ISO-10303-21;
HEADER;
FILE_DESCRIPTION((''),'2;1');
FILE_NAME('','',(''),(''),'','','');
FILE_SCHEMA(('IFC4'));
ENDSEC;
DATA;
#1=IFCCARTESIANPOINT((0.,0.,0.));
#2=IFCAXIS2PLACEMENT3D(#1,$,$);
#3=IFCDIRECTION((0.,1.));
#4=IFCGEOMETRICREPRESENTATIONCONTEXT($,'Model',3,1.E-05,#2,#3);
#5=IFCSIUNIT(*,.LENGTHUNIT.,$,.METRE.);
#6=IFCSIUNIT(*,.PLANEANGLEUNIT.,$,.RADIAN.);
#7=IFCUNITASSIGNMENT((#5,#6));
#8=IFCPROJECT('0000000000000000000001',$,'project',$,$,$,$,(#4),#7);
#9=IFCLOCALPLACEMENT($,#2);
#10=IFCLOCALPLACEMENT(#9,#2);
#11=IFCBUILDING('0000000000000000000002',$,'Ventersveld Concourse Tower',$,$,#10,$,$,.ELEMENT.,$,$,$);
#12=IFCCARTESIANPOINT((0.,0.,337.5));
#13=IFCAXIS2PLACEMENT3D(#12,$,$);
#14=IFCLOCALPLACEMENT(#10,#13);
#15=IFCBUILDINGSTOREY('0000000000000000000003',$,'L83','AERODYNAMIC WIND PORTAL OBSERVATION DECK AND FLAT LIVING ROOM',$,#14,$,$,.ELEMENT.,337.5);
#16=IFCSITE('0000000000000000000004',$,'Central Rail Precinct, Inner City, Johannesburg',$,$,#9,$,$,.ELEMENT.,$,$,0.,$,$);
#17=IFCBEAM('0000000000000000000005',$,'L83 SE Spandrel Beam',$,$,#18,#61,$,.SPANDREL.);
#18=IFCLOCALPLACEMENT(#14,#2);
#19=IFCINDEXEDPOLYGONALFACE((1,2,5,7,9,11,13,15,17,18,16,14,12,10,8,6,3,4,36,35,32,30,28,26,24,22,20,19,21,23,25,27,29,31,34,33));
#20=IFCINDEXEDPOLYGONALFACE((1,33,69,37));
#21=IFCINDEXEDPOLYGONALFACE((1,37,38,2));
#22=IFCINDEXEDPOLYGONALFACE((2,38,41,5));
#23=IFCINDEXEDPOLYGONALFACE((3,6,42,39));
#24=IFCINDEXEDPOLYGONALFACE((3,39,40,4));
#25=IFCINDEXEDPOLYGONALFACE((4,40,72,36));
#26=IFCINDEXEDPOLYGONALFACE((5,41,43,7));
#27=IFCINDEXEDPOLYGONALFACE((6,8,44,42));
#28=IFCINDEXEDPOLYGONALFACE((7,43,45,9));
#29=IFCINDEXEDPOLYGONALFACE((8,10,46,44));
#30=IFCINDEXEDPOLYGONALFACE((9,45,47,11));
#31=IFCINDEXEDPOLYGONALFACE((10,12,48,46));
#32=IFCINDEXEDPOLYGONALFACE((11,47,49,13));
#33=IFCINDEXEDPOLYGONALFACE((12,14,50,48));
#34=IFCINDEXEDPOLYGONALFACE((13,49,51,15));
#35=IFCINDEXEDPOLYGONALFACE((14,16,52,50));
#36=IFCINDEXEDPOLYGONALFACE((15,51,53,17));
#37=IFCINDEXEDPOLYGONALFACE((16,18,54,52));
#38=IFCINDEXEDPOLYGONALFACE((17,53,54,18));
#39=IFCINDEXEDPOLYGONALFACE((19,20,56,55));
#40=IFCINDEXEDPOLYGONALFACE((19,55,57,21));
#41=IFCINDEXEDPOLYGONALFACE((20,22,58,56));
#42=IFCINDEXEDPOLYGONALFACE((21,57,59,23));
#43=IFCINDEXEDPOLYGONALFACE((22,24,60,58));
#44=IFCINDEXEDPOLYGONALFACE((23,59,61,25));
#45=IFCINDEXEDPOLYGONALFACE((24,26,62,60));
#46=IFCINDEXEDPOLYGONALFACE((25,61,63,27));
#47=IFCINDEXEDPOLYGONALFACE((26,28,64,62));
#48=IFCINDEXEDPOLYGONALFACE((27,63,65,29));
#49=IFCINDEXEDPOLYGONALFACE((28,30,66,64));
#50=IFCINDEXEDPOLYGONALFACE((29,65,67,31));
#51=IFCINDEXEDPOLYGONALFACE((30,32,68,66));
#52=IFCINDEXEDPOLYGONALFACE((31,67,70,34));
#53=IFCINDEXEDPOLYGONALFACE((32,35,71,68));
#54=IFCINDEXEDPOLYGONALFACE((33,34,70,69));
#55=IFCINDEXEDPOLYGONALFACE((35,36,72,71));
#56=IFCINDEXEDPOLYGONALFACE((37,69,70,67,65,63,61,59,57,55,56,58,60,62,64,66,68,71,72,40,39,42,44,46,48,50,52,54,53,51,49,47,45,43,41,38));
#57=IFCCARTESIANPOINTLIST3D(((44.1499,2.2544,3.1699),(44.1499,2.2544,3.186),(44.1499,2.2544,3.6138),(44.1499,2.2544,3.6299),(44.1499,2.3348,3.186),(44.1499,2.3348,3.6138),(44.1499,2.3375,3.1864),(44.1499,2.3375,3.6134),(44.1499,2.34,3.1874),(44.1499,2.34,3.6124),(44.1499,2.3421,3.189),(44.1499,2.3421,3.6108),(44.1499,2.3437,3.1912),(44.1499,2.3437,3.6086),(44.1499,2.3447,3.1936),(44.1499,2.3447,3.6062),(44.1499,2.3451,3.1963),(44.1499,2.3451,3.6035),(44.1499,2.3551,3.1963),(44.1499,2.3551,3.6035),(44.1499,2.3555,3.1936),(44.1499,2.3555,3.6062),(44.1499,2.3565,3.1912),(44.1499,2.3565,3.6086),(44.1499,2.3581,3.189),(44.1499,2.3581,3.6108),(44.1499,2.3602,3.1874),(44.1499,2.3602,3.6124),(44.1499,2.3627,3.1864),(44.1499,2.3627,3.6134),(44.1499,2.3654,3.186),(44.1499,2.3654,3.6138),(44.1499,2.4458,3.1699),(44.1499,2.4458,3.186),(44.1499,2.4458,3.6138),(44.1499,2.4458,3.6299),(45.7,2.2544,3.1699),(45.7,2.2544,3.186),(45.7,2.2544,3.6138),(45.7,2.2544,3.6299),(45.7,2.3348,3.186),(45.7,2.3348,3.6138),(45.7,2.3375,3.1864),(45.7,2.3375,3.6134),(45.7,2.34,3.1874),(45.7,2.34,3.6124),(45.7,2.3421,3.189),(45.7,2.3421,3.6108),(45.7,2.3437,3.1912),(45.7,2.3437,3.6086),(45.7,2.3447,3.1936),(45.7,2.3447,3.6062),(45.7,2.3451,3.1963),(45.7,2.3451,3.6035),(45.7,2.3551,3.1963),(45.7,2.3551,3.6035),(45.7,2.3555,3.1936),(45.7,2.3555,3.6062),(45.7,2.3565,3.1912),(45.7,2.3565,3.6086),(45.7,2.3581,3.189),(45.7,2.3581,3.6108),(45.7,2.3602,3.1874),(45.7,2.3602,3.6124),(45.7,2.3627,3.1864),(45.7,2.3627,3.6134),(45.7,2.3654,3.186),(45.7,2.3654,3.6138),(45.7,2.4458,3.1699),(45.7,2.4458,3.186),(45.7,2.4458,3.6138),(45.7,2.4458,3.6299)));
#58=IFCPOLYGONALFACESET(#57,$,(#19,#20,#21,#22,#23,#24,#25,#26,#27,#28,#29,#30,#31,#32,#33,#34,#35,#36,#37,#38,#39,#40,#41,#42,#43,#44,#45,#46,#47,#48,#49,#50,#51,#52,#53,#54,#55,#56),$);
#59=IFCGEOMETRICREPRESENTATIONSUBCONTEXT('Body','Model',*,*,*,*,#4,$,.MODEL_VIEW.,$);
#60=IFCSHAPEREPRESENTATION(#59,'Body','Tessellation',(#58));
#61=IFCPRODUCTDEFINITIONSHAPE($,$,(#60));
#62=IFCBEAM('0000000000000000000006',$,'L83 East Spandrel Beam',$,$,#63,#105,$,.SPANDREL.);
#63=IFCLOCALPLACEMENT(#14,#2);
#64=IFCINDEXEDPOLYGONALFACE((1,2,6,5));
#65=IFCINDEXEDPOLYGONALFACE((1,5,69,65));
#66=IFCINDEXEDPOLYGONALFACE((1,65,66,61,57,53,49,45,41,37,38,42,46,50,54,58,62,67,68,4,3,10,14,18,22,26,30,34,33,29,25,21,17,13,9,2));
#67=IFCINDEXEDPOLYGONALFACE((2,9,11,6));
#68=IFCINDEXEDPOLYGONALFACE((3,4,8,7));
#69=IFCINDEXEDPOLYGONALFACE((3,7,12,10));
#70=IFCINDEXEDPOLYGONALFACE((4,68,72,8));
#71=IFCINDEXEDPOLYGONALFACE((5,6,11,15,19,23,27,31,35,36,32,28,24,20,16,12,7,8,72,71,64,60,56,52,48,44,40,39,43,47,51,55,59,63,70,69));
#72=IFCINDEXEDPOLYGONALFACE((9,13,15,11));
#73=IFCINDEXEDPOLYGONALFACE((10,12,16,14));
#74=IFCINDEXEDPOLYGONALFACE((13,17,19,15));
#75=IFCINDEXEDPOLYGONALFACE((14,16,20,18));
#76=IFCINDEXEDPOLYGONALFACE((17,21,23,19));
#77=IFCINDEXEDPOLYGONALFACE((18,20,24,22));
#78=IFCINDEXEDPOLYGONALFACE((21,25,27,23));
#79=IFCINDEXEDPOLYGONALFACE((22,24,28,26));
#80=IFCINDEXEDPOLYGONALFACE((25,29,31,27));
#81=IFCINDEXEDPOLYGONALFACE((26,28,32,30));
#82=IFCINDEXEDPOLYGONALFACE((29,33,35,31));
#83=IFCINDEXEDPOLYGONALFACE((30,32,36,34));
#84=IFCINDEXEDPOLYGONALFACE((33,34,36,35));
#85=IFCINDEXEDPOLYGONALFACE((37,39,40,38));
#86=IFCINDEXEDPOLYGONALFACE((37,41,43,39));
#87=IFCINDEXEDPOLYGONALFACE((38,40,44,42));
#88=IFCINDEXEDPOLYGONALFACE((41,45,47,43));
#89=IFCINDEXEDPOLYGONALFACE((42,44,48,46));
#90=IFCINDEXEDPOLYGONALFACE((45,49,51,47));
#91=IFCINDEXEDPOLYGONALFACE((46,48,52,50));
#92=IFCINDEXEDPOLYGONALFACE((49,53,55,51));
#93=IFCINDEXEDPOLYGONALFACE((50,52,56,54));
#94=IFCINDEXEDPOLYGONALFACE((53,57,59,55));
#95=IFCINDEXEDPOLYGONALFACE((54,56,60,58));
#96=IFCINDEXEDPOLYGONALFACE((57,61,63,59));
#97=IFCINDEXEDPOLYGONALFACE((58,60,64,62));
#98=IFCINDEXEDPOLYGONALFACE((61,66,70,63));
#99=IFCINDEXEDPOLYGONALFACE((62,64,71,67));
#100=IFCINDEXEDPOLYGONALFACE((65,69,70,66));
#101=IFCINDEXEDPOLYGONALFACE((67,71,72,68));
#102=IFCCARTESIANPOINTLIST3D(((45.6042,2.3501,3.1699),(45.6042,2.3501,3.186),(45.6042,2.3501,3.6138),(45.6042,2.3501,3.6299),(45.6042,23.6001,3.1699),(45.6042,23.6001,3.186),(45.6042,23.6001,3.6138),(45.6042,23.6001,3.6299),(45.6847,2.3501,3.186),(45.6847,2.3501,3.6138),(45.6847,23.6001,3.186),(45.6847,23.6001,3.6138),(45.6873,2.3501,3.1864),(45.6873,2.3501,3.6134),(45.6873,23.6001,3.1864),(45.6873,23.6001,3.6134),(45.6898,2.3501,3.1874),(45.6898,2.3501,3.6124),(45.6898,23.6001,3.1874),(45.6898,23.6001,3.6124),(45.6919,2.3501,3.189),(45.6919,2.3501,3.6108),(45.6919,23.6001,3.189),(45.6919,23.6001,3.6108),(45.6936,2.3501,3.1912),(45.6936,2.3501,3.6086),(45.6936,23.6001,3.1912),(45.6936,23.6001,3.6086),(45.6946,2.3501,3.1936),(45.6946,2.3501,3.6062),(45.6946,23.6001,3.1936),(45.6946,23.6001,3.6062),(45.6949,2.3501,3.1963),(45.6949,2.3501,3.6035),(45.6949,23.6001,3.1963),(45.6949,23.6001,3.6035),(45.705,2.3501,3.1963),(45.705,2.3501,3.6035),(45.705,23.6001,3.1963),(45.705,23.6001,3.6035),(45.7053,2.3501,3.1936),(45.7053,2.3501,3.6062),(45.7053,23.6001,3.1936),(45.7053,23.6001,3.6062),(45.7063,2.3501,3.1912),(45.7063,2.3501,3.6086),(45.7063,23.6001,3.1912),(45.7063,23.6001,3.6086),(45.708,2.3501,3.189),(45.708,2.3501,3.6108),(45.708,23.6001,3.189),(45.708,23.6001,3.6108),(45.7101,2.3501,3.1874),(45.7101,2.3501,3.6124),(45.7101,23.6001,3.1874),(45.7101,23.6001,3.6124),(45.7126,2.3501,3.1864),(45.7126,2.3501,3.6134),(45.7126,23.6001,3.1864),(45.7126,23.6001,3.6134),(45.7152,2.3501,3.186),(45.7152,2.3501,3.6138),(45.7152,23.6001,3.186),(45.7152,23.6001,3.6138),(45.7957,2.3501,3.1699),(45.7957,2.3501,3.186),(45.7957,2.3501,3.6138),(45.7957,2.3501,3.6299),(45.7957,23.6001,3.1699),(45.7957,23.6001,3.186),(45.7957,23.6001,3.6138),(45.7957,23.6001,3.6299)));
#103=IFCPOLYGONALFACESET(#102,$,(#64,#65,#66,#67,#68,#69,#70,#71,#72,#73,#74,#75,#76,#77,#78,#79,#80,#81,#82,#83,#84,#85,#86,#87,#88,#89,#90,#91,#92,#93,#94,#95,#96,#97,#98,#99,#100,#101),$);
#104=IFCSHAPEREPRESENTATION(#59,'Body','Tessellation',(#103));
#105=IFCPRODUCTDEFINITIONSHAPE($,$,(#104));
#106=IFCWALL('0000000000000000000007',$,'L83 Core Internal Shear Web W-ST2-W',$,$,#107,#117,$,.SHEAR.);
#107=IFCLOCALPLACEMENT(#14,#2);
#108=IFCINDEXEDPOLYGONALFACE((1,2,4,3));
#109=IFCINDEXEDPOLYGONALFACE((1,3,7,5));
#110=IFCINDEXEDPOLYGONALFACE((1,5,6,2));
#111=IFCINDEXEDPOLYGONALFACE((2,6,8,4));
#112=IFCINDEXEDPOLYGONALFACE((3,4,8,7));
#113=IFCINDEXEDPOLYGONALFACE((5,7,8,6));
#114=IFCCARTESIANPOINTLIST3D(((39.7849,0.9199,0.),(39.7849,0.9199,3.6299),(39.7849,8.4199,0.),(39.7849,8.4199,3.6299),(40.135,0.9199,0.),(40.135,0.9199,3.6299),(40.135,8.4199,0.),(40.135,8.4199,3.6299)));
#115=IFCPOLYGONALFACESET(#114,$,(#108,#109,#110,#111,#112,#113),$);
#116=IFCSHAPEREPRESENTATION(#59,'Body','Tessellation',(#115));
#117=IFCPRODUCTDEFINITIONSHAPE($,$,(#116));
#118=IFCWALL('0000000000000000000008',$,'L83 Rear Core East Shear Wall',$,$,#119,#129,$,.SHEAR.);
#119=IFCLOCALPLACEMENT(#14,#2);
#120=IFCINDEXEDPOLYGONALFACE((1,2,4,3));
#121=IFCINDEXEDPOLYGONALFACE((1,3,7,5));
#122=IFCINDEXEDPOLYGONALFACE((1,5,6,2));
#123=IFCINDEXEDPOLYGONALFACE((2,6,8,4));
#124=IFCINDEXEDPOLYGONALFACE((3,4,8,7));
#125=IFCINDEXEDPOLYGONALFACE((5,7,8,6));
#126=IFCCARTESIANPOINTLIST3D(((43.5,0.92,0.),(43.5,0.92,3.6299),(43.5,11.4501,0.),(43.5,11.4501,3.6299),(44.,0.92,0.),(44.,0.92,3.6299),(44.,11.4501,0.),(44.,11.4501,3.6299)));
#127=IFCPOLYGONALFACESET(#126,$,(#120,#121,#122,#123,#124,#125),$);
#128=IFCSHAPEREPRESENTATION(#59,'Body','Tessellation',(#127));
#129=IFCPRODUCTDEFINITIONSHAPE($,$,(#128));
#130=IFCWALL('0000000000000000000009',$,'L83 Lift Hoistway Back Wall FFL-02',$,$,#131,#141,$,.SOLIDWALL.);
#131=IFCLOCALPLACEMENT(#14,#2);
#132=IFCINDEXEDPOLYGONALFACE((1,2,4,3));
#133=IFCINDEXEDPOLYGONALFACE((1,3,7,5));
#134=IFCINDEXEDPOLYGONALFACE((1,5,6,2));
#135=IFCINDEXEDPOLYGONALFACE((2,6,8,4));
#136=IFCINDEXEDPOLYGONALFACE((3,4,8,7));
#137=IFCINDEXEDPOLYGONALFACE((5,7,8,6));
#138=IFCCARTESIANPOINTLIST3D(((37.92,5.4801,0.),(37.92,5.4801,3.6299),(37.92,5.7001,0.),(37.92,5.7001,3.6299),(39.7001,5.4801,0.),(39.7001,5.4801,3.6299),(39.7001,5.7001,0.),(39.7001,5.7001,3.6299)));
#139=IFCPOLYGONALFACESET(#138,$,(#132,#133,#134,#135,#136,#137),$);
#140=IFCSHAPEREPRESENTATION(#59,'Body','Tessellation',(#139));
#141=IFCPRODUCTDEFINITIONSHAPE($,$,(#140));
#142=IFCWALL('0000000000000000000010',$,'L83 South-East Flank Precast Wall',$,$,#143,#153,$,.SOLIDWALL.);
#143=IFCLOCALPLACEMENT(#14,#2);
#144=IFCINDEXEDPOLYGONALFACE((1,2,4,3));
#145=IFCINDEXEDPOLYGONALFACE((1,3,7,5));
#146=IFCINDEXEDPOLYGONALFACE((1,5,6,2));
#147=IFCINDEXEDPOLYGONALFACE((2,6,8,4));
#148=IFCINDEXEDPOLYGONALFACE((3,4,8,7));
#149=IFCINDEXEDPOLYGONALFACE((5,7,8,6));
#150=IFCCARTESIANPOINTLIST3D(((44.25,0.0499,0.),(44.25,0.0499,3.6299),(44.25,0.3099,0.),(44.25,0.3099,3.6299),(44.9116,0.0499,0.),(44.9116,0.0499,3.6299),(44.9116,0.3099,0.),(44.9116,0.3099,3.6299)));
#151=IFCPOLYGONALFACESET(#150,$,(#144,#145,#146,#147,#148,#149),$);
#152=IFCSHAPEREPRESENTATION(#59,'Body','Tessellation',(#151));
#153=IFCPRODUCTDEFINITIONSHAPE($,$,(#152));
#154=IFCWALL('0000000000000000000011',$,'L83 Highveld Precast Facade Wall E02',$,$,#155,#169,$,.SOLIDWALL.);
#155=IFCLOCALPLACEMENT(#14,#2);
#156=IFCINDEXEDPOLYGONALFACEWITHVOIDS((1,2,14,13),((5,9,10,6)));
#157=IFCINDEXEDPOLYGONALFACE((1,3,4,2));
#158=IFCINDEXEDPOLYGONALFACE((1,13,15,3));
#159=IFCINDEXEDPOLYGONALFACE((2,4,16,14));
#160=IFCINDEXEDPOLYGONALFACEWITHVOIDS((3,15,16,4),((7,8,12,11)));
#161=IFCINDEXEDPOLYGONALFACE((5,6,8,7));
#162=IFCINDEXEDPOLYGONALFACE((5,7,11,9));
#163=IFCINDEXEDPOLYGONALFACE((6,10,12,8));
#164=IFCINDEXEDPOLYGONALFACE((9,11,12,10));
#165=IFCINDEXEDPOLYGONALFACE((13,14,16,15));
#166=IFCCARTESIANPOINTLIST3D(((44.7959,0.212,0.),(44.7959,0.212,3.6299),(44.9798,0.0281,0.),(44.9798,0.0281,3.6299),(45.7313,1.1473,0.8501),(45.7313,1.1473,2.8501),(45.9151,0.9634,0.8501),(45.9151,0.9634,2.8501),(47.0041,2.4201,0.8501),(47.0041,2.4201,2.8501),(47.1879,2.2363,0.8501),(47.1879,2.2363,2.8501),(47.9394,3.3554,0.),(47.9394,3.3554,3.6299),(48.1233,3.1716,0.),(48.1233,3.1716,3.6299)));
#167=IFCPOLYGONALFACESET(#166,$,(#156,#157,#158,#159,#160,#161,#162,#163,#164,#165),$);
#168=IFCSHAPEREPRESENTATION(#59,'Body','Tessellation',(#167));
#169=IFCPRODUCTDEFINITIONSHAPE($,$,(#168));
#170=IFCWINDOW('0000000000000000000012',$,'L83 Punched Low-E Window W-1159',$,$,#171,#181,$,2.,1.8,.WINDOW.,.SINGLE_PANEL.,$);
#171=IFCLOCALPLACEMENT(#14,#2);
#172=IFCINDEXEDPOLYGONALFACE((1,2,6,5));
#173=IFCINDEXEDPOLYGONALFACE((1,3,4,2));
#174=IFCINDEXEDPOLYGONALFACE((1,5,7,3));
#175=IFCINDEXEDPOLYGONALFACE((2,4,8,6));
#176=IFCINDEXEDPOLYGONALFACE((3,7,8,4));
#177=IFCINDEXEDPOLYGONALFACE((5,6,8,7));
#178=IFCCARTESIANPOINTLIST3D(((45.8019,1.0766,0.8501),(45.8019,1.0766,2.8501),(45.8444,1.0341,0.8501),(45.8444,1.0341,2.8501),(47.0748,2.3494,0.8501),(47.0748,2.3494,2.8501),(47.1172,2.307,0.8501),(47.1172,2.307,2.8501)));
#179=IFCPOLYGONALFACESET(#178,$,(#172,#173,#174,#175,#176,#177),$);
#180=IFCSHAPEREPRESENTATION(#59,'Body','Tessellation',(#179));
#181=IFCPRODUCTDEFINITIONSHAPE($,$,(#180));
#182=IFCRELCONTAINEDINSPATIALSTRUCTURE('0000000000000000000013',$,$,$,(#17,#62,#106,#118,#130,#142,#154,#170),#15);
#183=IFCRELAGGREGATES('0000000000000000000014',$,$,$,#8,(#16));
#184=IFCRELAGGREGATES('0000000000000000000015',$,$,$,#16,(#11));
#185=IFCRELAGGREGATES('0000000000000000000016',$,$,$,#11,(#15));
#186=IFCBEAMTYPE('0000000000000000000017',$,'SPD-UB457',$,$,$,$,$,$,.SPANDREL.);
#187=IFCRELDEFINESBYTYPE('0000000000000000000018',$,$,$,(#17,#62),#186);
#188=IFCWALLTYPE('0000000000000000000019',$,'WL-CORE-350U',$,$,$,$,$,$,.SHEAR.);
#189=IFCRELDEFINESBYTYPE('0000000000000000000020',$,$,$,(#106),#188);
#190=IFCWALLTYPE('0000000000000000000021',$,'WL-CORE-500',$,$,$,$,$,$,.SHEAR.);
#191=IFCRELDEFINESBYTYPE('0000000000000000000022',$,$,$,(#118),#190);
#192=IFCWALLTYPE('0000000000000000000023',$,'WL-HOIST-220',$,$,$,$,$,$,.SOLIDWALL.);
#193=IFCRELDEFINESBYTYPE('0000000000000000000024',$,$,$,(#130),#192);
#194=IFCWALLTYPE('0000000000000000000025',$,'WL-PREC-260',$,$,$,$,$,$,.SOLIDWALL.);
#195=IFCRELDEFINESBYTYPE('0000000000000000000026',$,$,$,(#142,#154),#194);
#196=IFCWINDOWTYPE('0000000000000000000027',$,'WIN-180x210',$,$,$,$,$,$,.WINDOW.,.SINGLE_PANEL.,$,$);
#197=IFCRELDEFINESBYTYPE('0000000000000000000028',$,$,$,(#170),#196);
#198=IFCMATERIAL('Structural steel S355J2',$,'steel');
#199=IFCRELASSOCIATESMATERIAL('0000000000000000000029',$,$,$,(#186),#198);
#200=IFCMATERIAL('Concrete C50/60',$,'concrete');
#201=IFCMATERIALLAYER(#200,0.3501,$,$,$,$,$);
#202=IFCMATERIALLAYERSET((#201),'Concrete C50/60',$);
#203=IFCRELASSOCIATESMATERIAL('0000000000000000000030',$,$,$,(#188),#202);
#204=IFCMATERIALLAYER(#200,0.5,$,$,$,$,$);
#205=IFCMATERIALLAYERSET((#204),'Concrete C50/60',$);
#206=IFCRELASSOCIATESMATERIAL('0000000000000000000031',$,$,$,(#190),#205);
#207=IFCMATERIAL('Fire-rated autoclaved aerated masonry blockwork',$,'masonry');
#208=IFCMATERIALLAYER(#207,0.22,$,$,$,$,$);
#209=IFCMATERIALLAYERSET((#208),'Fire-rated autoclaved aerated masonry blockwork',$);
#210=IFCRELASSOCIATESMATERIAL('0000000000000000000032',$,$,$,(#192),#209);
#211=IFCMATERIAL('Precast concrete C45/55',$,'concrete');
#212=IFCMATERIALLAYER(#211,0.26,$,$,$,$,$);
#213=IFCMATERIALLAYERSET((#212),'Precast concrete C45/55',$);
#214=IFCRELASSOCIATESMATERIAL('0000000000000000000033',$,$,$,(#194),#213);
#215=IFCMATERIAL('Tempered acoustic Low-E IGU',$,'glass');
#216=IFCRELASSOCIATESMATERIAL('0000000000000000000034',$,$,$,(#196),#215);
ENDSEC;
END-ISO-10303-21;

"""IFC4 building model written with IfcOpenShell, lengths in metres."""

from ifc_helpers import new_model, si_unit, direction, frame, frame_2d, origin, origin_2d, place, context, subcontext, project, spatial, rectangle, i_section, extrude, material, layer, layer_set, material_profile, profile_set, type_object, element, fill, save


model = new_model("IFC4")

# Units and contexts
model_context = context("Model", 3, precision=1e-05, world=origin(), true_north=direction((0.0, 1.0)))
body_context = subcontext(model_context, "Body", "Model", "MODEL_VIEW")
ifc_project = project(units=[si_unit("LENGTHUNIT", "METRE"), si_unit("PLANEANGLEUNIT", "RADIAN")], contexts=[model_context])

# Site, building, storey
site_placement = place(None, origin())
site = spatial("IfcSite", under=ifc_project, at=site_placement, Name="Central Rail Precinct, Inner City, Johannesburg", CompositionType="ELEMENT", RefElevation=0.0)
building_placement = place(site_placement, origin())
building = spatial("IfcBuilding", under=site, at=building_placement, Name="Ventersveld Concourse Tower", CompositionType="ELEMENT")
storey_placement = place(building_placement, frame((0.0, 0.0, 337.5)))
storey = spatial("IfcBuildingStorey", under=building, at=storey_placement, Name="L83", Description="AERODYNAMIC WIND PORTAL OBSERVATION DECK AND FLAT LIVING ROOM", CompositionType="ELEMENT", Elevation=337.5)

# Shared definitions
ifc_material_1 = material(Name="Concrete C50/60", Category="concrete")

# Shared definitions
ifc_material_2 = material(Name="Structural steel S355J2", Category="steel")

# Beams
ifc_material_profile_1 = material_profile(ifc_material_2, i_section(OverallWidth=0.1914, OverallDepth=0.46, WebThickness=0.01, FlangeThickness=0.0161, FilletRadius=0.0103, at=origin_2d()), Name="UB 457x191x82")
ifc_profile_set_1 = profile_set([ifc_material_profile_1], Name="Structural steel S355J2")
beam_type_1 = type_object("IfcBeamType", Name="SPD-UB457", PredefinedType="SPANDREL", material=ifc_profile_set_1)
beam_1_placement = place(storey_placement, frame((44.1499, 2.3501, 3.3999), z_axis=(1.0, 0.0, 0.0), x_axis=(0.0, 1.0, 0.0)))
element("IfcBeam", 1, at=beam_1_placement, inside=storey, type_object=beam_type_1, Name="L83 SE Spandrel Beam", PredefinedType="SPANDREL", context=body_context, shape_type="SweptSolid", body=[
    extrude(i_section(OverallWidth=0.1914, OverallDepth=0.46, WebThickness=0.01, FlangeThickness=0.0161, FilletRadius=0.0103, at=origin_2d()), origin(), (0.0, 0.0, 1.0), 1.55),
])
beam_2_placement = place(storey_placement, frame((45.7, 2.3501, 3.3999), z_axis=(0.0, 1.0, 0.0), x_axis=(-1.0, 0.0, 0.0)))
element("IfcBeam", 2, at=beam_2_placement, inside=storey, type_object=beam_type_1, Name="L83 East Spandrel Beam", PredefinedType="SPANDREL", context=body_context, shape_type="SweptSolid", body=[
    extrude(i_section(OverallWidth=0.1914, OverallDepth=0.46, WebThickness=0.01, FlangeThickness=0.0161, FilletRadius=0.0103, at=origin_2d()), origin(), (0.0, 0.0, 1.0), 21.25),
])

# Walls
ifc_layer_1 = layer(ifc_material_1, 0.3501)
ifc_layer_set_1 = layer_set([ifc_layer_1], Name="Concrete C50/60")
wall_type_1 = type_object("IfcWallType", Name="WL-CORE-350U", PredefinedType="SHEAR", material=ifc_layer_set_1)
wall_1_placement = place(storey_placement, frame((39.96, 0.9199, 0.0), z_axis=(0.0, 0.0, 1.0), x_axis=(0.0, 1.0, 0.0)))
element("IfcWall", 3, at=wall_1_placement, inside=storey, type_object=wall_type_1, Name="L83 Core Internal Shear Web W-ST2-W", PredefinedType="SHEAR", context=body_context, shape_type="SweptSolid", body=[
    extrude(rectangle(XDim=7.5, YDim=0.3501, at=frame_2d((3.75, 0.0))), origin(), (0.0, 0.0, 1.0), 3.6299),
])
ifc_layer_2 = layer(ifc_material_1, 0.5)
ifc_layer_set_2 = layer_set([ifc_layer_2], Name="Concrete C50/60")
wall_type_2 = type_object("IfcWallType", Name="WL-CORE-500", PredefinedType="SHEAR", material=ifc_layer_set_2)
wall_2_placement = place(storey_placement, frame((43.75, 0.9199, 0.0), z_axis=(0.0, 0.0, 1.0), x_axis=(0.0, 1.0, 0.0)))
element("IfcWall", 4, at=wall_2_placement, inside=storey, type_object=wall_type_2, Name="L83 Rear Core East Shear Wall", PredefinedType="SHEAR", context=body_context, shape_type="SweptSolid", body=[
    extrude(rectangle(XDim=10.53, YDim=0.5, at=frame_2d((5.2651, 0.0))), origin(), (0.0, 0.0, 1.0), 3.6299),
])
ifc_material_3 = material(Name="Fire-rated autoclaved aerated masonry blockwork", Category="masonry")
ifc_layer_3 = layer(ifc_material_3, 0.22)
ifc_layer_set_3 = layer_set([ifc_layer_3], Name="Fire-rated autoclaved aerated masonry blockwork")
wall_type_3 = type_object("IfcWallType", Name="WL-HOIST-220", PredefinedType="SOLIDWALL", material=ifc_layer_set_3)
wall_3_placement = place(storey_placement, frame((37.9199, 5.5901, 0.0), z_axis=(0.0, 0.0, 1.0), x_axis=(1.0, 0.0, 0.0)))
element("IfcWall", 5, at=wall_3_placement, inside=storey, type_object=wall_type_3, Name="L83 Lift Hoistway Back Wall FFL-02", PredefinedType="SOLIDWALL", context=body_context, shape_type="SweptSolid", body=[
    extrude(rectangle(XDim=1.78, YDim=0.22, at=frame_2d((0.8901, 0.0))), origin(), (0.0, 0.0, 1.0), 3.6299),
])
ifc_material_4 = material(Name="Precast concrete C45/55", Category="concrete")
ifc_layer_4 = layer(ifc_material_4, 0.26)
ifc_layer_set_4 = layer_set([ifc_layer_4], Name="Precast concrete C45/55")
wall_type_4 = type_object("IfcWallType", Name="WL-PREC-260", PredefinedType="SOLIDWALL", material=ifc_layer_set_4)
wall_4_placement = place(storey_placement, frame((44.25, 0.1799, 0.0), z_axis=(0.0, 0.0, 1.0), x_axis=(1.0, 0.0, 0.0)))
element("IfcWall", 6, at=wall_4_placement, inside=storey, type_object=wall_type_4, Name="L83 South-East Flank Precast Wall", PredefinedType="SOLIDWALL", context=body_context, shape_type="SweptSolid", body=[
    extrude(rectangle(XDim=0.6616, YDim=0.26, at=frame_2d((0.3308, 0.0))), origin(), (0.0, 0.0, 1.0), 3.6299),
])

# Wall, opening, window
wall_5_placement = place(storey_placement, frame((44.8879, 0.1201, 0.0), z_axis=(0.0, 0.0, 1.0), x_axis=(0.707107, 0.707107, 0.0)))
wall_5 = element("IfcWall", 7, at=wall_5_placement, inside=storey, type_object=wall_type_4, Name="L83 Highveld Precast Facade Wall E02", PredefinedType="SOLIDWALL", context=body_context, shape_type="SweptSolid", body=[
    extrude(rectangle(XDim=4.4456, YDim=0.26, at=frame_2d((2.2227, 0.0))), origin(), (0.0, 0.0, 1.0), 3.6299),
])
opening_1_placement = place(wall_5_placement, frame((1.3228, 0.0, 0.8501)))
opening_1 = element("IfcOpeningElement", 8, at=opening_1_placement, cuts=wall_5, PredefinedType="OPENING", context=body_context, shape_type="SweptSolid", body=[
    extrude(rectangle(XDim=1.8, YDim=2.0, at=frame_2d((0.8999, 1.0))), frame((0.0, 0.1401, 0.0), z_axis=(0.0, -1.0, 0.0), x_axis=(1.0, 0.0, 0.0)), (0.0, 0.0, 1.0), 0.28),
])
ifc_material_5 = material(Name="Tempered acoustic Low-E IGU", Category="glass")
window_type_1 = type_object("IfcWindowType", Name="WIN-180x210", PartitioningType="SINGLE_PANEL", PredefinedType="WINDOW", material=ifc_material_5)
window_1_placement = place(opening_1_placement, origin())
window_1 = element("IfcWindow", 9, at=window_1_placement, inside=storey, type_object=window_type_1, Name="L83 Punched Low-E Window W-1159", OverallHeight=2.0, OverallWidth=1.8, PartitioningType="SINGLE_PANEL", PredefinedType="WINDOW", context=body_context, shape_type="SweptSolid", body=[
    extrude(rectangle(XDim=1.8, YDim=2.0, at=frame_2d((0.8999, 1.0))), frame((0.0, 0.03, 0.0), z_axis=(0.0, -1.0, 0.0), x_axis=(1.0, 0.0, 0.0)), (0.0, 0.0, 1.0), 0.0601),
])
fill(opening_1, window_1)

save(model, "model.ifc")
